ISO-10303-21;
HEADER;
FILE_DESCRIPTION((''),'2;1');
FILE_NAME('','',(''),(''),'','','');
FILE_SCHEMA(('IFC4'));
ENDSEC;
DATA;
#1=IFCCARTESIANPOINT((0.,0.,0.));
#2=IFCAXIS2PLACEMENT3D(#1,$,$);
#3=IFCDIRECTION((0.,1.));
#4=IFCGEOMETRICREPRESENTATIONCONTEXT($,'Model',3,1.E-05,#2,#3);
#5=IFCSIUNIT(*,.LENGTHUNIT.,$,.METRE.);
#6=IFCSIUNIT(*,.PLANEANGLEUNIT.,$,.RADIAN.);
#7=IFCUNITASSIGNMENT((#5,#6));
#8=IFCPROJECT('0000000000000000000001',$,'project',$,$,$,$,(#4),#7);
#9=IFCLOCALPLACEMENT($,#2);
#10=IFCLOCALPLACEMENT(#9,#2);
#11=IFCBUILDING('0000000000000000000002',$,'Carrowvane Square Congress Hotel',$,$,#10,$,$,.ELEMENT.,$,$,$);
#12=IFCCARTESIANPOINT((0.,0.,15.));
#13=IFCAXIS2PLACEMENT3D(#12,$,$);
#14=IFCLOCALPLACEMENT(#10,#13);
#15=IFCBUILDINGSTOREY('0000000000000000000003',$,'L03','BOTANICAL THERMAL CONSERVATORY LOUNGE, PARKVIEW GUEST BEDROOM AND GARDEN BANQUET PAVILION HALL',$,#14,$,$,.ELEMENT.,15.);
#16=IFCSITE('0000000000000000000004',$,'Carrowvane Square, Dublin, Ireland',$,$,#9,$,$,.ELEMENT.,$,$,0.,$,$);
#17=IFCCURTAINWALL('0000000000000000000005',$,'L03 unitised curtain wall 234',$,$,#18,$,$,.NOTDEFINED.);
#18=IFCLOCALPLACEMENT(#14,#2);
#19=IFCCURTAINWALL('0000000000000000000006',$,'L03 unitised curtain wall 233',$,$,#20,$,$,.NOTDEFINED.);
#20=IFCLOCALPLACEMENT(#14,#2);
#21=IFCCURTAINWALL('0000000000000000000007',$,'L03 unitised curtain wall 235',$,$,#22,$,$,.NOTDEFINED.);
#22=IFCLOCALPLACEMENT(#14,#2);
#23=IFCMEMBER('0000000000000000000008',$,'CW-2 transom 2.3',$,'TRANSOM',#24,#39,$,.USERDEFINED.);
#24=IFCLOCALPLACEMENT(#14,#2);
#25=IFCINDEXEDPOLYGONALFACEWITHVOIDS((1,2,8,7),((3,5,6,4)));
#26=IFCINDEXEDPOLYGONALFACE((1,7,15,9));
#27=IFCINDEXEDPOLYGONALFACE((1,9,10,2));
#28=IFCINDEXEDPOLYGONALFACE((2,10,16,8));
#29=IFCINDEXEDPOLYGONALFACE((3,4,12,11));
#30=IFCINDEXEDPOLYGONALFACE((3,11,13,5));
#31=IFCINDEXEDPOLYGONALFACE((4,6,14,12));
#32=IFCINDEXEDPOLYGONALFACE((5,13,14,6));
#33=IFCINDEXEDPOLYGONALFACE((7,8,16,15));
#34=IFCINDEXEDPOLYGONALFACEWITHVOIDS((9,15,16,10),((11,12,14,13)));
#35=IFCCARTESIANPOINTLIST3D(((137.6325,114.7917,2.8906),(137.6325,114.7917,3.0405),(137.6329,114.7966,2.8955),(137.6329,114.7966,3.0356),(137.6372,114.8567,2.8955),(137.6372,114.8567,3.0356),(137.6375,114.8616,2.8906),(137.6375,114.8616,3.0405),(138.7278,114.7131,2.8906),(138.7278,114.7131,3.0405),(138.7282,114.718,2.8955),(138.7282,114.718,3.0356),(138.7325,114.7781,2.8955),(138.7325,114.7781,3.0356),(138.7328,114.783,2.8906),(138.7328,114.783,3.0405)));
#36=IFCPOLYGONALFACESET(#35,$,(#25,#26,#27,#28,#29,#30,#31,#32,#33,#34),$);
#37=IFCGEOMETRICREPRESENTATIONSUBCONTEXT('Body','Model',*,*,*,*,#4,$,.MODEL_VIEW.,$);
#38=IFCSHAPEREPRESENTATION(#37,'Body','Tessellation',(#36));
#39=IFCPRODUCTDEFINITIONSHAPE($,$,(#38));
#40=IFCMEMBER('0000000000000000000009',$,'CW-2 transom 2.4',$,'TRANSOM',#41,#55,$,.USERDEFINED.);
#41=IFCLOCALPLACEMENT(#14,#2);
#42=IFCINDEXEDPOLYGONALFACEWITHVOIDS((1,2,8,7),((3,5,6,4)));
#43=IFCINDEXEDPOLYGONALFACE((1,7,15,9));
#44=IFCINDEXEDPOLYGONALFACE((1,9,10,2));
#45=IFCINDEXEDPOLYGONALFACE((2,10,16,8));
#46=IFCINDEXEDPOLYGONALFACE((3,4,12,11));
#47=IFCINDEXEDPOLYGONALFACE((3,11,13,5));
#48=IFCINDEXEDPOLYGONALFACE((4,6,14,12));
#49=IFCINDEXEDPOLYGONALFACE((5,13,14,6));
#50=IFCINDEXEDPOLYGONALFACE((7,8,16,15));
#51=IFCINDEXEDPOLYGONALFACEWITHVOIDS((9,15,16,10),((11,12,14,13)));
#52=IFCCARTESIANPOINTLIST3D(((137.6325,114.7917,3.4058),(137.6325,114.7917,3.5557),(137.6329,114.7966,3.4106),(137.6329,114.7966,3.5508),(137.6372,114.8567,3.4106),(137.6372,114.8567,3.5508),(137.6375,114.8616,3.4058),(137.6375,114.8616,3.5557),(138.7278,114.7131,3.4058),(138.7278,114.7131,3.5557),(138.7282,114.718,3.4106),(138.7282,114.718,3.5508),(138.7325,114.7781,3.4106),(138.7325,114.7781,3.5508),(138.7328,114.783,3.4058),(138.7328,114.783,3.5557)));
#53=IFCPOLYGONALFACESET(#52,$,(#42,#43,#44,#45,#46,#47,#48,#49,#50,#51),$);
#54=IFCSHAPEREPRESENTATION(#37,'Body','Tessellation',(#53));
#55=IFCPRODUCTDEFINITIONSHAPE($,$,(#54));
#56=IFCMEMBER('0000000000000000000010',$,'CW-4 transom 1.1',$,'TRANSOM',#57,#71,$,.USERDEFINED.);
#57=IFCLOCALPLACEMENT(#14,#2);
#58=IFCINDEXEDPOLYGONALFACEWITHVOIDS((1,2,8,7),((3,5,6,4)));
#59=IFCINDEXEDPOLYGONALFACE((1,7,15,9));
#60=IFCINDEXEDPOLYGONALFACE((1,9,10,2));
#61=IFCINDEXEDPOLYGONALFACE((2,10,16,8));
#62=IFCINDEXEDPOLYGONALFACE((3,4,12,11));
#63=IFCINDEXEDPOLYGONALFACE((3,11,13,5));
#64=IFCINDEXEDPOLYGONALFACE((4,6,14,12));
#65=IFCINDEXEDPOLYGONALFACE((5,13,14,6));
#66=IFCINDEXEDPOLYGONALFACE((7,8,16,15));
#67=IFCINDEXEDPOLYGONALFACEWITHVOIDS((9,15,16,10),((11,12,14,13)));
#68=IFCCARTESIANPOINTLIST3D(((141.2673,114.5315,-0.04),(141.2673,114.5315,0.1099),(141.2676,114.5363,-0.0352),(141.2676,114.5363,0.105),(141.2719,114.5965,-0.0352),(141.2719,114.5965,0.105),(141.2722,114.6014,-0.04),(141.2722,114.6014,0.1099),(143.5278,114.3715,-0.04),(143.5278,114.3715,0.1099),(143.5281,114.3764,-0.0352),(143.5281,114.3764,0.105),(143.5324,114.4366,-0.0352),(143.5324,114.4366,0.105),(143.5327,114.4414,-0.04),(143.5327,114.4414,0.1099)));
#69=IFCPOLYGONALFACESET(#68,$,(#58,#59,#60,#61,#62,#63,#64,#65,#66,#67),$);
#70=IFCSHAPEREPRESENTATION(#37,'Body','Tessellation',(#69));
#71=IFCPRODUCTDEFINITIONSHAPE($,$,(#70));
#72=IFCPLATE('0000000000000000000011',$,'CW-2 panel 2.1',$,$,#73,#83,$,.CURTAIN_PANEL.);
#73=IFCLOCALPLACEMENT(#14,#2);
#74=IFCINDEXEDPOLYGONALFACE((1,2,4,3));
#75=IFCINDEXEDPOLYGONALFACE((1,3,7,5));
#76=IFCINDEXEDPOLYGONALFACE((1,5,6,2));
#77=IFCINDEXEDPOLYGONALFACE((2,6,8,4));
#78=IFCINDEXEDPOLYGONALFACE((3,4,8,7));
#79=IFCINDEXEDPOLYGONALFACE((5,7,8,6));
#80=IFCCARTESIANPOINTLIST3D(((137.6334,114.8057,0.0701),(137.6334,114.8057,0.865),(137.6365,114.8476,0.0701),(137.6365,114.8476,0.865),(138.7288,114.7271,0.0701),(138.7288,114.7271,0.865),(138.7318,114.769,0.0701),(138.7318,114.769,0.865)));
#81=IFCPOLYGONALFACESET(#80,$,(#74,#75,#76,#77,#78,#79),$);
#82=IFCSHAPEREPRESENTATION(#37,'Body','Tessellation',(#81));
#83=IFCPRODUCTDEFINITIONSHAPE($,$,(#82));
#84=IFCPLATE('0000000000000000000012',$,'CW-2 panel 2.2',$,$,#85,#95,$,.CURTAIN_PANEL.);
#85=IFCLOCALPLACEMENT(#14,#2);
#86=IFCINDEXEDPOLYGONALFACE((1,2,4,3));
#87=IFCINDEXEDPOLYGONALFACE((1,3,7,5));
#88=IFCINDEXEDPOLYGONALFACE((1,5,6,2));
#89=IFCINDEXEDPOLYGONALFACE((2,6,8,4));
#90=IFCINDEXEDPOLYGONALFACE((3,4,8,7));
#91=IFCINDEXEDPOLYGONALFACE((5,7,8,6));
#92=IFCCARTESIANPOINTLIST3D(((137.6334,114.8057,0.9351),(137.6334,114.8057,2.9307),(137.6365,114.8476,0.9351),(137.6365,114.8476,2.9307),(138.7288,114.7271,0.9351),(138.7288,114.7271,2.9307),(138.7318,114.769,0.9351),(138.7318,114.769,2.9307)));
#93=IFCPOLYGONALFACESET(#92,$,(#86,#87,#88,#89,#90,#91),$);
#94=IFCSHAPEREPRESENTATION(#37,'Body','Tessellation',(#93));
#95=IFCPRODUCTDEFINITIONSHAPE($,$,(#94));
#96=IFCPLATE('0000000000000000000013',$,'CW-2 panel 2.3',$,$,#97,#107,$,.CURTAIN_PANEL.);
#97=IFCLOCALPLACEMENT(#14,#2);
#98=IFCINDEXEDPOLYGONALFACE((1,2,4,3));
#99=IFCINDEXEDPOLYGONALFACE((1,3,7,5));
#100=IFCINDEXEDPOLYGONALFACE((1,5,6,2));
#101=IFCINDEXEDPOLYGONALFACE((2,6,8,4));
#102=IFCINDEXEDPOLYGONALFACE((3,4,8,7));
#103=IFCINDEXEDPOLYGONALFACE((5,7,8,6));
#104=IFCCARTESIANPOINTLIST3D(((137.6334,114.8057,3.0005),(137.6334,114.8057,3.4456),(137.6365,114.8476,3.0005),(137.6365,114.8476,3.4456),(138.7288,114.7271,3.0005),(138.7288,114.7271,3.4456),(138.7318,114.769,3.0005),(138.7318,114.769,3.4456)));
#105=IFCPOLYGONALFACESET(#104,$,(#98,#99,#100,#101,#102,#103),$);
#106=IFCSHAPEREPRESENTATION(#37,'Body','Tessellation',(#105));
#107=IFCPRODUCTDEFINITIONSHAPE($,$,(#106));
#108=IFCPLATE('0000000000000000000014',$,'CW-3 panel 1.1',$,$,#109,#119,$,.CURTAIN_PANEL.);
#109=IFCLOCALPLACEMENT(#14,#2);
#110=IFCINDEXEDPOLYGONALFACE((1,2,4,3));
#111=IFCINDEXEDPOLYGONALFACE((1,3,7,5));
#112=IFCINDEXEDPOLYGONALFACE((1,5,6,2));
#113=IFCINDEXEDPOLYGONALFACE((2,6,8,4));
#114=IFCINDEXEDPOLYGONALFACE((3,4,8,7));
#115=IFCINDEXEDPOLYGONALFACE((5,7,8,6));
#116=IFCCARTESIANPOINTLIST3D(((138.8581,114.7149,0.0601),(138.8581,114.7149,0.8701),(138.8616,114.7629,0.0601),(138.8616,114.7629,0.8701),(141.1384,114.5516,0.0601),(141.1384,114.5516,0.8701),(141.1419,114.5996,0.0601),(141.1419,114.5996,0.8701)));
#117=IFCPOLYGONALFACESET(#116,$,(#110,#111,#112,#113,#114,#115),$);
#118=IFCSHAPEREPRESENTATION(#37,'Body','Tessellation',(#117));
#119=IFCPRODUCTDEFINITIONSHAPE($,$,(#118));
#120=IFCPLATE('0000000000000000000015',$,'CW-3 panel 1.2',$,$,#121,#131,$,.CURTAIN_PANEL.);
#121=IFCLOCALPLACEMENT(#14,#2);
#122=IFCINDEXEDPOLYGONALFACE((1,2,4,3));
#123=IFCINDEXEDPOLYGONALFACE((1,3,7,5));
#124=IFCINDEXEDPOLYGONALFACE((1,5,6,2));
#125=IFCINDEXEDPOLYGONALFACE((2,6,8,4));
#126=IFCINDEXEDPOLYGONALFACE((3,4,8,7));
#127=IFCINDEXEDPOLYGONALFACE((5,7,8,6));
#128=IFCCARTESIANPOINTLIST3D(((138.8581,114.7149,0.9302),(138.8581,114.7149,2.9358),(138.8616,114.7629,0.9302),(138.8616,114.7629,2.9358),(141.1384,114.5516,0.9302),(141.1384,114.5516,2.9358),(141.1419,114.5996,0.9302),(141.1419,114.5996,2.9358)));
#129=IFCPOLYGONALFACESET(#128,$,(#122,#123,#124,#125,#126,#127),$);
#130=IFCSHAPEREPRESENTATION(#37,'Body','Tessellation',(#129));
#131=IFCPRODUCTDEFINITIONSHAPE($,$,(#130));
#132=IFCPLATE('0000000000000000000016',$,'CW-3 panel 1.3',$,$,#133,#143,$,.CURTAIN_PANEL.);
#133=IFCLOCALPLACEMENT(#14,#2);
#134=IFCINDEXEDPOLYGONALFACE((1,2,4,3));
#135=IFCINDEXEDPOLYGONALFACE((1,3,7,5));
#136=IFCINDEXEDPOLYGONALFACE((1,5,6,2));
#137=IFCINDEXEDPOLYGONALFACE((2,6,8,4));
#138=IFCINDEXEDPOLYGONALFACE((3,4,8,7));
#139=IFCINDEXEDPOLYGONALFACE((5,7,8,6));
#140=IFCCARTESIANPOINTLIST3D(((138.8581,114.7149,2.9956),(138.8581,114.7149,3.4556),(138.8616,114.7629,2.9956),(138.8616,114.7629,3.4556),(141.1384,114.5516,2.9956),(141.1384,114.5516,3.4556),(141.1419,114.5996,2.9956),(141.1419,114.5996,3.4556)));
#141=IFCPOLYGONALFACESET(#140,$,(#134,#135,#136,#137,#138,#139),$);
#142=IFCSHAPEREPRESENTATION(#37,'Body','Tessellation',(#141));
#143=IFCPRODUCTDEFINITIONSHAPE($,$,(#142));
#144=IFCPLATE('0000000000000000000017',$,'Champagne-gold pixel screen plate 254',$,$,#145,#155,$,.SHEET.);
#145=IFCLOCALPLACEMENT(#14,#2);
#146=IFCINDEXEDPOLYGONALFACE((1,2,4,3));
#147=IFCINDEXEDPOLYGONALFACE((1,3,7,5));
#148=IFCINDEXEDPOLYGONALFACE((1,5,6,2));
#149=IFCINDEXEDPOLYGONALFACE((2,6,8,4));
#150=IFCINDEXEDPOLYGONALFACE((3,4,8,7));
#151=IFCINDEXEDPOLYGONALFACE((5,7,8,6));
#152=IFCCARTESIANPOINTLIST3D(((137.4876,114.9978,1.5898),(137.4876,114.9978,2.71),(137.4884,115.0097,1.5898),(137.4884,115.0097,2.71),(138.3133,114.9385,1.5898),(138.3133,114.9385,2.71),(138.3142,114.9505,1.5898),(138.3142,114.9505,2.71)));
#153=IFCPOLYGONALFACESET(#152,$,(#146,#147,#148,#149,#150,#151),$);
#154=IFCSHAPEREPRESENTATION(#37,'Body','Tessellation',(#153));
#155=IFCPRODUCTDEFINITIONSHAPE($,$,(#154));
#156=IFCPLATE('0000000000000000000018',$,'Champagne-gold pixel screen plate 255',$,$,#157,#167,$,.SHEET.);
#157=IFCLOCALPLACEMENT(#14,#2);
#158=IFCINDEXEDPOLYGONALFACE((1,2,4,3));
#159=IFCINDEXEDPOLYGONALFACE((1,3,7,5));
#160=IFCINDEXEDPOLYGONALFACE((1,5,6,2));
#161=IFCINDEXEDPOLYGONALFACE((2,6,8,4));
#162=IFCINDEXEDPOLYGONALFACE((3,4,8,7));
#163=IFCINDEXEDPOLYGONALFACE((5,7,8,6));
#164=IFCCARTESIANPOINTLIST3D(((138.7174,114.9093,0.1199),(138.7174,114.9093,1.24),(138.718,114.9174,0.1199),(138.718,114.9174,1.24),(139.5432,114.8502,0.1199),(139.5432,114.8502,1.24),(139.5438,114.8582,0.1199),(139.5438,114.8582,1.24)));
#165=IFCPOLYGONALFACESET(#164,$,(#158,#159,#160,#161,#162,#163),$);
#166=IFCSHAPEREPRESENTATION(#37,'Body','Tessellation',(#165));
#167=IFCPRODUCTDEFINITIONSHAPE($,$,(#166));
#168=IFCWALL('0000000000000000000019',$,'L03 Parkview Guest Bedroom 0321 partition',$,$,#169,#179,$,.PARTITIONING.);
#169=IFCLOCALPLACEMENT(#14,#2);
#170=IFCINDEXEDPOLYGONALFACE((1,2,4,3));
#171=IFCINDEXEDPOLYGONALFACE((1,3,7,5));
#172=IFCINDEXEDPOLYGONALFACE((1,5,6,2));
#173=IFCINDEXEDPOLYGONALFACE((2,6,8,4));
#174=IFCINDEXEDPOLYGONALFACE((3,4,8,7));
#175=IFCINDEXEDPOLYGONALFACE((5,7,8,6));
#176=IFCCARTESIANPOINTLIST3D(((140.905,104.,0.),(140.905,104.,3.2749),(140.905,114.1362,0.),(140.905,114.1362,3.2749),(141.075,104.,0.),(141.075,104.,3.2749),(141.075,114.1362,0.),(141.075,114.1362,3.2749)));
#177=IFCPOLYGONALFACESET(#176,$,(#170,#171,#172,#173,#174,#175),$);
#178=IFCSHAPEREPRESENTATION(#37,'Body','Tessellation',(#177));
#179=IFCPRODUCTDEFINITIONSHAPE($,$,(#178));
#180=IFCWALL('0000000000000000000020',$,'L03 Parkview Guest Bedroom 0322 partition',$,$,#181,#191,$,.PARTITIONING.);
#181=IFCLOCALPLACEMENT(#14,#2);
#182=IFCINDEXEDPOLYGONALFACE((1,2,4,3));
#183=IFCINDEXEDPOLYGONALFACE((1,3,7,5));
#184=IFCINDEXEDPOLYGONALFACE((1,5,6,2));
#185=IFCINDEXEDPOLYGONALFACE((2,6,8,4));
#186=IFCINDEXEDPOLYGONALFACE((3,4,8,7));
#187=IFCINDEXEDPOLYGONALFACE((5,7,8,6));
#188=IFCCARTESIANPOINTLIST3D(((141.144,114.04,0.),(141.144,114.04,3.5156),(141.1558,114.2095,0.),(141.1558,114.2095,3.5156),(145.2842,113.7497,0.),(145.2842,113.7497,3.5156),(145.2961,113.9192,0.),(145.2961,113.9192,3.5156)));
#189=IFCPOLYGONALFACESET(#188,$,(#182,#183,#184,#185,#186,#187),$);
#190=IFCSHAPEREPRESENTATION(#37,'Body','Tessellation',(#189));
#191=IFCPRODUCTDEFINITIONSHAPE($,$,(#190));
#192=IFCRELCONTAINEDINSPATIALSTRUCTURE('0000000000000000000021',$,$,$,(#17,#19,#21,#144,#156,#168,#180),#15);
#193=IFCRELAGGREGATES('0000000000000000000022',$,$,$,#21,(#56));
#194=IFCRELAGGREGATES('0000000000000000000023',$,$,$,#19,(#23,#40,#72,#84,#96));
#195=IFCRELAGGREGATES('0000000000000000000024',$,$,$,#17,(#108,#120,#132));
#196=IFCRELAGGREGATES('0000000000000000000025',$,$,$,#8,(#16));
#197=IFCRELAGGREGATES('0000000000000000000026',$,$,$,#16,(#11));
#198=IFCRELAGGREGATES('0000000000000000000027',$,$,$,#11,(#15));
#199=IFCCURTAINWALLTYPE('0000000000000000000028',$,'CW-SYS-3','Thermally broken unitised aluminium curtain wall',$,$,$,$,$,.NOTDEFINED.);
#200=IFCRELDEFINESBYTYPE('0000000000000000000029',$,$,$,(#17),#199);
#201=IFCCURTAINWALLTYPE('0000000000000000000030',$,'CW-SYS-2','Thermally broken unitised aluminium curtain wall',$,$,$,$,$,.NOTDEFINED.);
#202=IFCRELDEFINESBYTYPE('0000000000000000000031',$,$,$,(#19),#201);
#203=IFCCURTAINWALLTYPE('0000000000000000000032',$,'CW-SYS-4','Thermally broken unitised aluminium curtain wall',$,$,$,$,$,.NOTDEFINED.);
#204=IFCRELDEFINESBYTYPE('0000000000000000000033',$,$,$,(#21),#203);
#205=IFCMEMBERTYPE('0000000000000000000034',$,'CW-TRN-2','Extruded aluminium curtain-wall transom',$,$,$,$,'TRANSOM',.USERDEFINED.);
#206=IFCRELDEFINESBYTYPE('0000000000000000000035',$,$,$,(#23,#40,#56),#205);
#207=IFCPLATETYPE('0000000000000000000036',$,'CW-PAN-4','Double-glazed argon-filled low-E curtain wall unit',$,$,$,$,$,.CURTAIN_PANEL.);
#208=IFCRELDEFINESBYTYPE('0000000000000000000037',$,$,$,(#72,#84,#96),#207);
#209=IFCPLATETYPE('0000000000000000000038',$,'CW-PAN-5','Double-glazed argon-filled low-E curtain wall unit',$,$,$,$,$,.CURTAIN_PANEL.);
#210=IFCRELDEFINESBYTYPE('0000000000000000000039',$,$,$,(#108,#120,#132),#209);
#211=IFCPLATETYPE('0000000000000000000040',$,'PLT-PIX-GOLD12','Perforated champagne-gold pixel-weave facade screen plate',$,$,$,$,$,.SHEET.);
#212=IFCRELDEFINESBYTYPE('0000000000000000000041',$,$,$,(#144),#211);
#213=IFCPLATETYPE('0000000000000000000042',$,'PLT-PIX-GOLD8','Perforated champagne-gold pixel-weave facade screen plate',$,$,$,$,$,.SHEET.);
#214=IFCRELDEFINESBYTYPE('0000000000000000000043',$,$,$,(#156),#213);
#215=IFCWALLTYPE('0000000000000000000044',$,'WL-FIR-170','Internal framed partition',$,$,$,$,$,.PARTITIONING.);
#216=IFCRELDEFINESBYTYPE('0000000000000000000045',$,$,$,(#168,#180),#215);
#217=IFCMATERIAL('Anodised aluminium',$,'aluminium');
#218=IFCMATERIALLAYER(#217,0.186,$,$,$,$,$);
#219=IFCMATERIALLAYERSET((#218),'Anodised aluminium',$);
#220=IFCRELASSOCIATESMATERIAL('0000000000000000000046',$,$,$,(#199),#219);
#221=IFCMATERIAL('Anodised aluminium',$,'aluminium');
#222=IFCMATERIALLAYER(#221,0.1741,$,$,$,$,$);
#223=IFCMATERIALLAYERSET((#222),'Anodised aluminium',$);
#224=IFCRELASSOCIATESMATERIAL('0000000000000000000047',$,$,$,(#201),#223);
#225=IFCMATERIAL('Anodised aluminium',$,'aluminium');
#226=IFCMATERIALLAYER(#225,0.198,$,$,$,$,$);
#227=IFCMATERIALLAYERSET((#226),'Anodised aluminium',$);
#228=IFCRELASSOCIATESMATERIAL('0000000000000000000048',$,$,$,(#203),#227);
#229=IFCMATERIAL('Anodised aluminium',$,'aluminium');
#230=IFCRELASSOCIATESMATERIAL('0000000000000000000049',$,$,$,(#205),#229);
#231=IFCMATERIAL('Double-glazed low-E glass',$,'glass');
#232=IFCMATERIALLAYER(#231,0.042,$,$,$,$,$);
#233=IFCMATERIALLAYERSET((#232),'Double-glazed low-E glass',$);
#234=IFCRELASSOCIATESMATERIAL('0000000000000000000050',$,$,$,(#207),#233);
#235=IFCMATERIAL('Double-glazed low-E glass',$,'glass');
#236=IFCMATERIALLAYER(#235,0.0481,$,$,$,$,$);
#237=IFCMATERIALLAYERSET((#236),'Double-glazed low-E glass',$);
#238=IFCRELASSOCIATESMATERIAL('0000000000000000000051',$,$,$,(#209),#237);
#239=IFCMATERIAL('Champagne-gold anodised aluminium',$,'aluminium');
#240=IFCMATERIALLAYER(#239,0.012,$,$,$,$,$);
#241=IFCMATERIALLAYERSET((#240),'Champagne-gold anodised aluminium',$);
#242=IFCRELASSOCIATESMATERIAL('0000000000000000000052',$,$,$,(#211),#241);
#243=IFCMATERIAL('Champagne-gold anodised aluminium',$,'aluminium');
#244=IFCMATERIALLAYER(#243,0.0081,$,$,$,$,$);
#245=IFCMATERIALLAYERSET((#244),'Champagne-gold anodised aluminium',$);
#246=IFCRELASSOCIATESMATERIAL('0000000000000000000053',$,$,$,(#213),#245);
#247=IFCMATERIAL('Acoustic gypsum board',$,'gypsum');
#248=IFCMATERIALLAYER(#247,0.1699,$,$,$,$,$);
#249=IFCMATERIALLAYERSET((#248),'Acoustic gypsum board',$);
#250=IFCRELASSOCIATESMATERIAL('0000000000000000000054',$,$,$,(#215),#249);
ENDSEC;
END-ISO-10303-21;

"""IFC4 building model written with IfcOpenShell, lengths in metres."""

from ifc_helpers import new_model, si_unit, direction, frame, frame_2d, origin, origin_2d, place, context, subcontext, project, spatial, rectangle, hollow_rectangle, extrude, material, layer, layer_set, material_profile, profile_set, type_object, element, aggregate, save


model = new_model("IFC4")

# Units and contexts
model_context = context("Model", 3, precision=1e-05, world=origin(), true_north=direction((0.0, 1.0)))
body_context = subcontext(model_context, "Body", "Model", "MODEL_VIEW")
ifc_project = project(units=[si_unit("LENGTHUNIT", "METRE"), si_unit("PLANEANGLEUNIT", "RADIAN")], contexts=[model_context])

# Site, building, storey
site_placement = place(None, origin())
site = spatial("IfcSite", under=ifc_project, at=site_placement, Name="Carrowvane Square, Dublin, Ireland", CompositionType="ELEMENT", RefElevation=0.0)
building_placement = place(site_placement, origin())
building = spatial("IfcBuilding", under=site, at=building_placement, Name="Carrowvane Square Congress Hotel", CompositionType="ELEMENT")
storey_placement = place(building_placement, frame((0.0, 0.0, 15.0)))
storey = spatial("IfcBuildingStorey", under=building, at=storey_placement, Name="L03", Description="BOTANICAL THERMAL CONSERVATORY LOUNGE, PARKVIEW GUEST BEDROOM AND GARDEN BANQUET PAVILION HALL", CompositionType="ELEMENT", Elevation=15.0)

# Curtain wall
ifc_material_1 = material(Name="Anodised aluminium", Category="aluminium")
ifc_layer_1 = layer(ifc_material_1, 0.186)
ifc_layer_set_1 = layer_set([ifc_layer_1], Name="Anodised aluminium")
curtain_wall_type_1 = type_object("IfcCurtainWallType", Name="CW-SYS-3", Description="Thermally broken unitised aluminium curtain wall", PredefinedType="NOTDEFINED", material=ifc_layer_set_1)
curtain_wall_1_placement = place(storey_placement, origin())
curtain_wall_1 = element("IfcCurtainWall", 1, at=curtain_wall_1_placement, inside=storey, type_object=curtain_wall_type_1, Name="L03 unitised curtain wall 234", PredefinedType="NOTDEFINED")

# Curtain walls
ifc_material_2 = material(Name="Anodised aluminium", Category="aluminium")
ifc_layer_2 = layer(ifc_material_2, 0.1741)
ifc_layer_set_2 = layer_set([ifc_layer_2], Name="Anodised aluminium")
curtain_wall_type_2 = type_object("IfcCurtainWallType", Name="CW-SYS-2", Description="Thermally broken unitised aluminium curtain wall", PredefinedType="NOTDEFINED", material=ifc_layer_set_2)
curtain_wall_2_placement = place(storey_placement, origin())
curtain_wall_2 = element("IfcCurtainWall", 2, at=curtain_wall_2_placement, inside=storey, type_object=curtain_wall_type_2, Name="L03 unitised curtain wall 233", PredefinedType="NOTDEFINED")
ifc_material_3 = material(Name="Anodised aluminium", Category="aluminium")
ifc_layer_3 = layer(ifc_material_3, 0.198)
ifc_layer_set_3 = layer_set([ifc_layer_3], Name="Anodised aluminium")
curtain_wall_type_3 = type_object("IfcCurtainWallType", Name="CW-SYS-4", Description="Thermally broken unitised aluminium curtain wall", PredefinedType="NOTDEFINED", material=ifc_layer_set_3)
curtain_wall_3_placement = place(storey_placement, origin())
curtain_wall_3 = element("IfcCurtainWall", 3, at=curtain_wall_3_placement, inside=storey, type_object=curtain_wall_type_3, Name="L03 unitised curtain wall 235", PredefinedType="NOTDEFINED")

# Members
ifc_material_4 = material(Name="Anodised aluminium", Category="aluminium")
ifc_material_profile_1 = material_profile(ifc_material_4, hollow_rectangle(XDim=0.0701, YDim=0.1499, WallThickness=0.0049, at=origin_2d()), Name="CW-TR 70x150x5")
ifc_profile_set_1 = profile_set([ifc_material_profile_1], Name="Anodised aluminium")
member_type_1 = type_object("IfcMemberType", Name="CW-TRN-2", Description="Extruded aluminium curtain-wall transom", ElementType="TRANSOM", PredefinedType="USERDEFINED", material=ifc_profile_set_1)
member_1_placement = place(storey_placement, frame((137.635, 114.8267, 2.9656), z_axis=(0.997434, -0.071595, 0.0), x_axis=(0.071595, 0.997434, 0.0)))
member_1 = element("IfcMember", 4, at=member_1_placement, type_object=member_type_1, Name="CW-2 transom 2.3", ObjectType="TRANSOM", PredefinedType="USERDEFINED", context=body_context, shape_type="SweptSolid", body=[
    extrude(hollow_rectangle(XDim=0.0701, YDim=0.1499, WallThickness=0.0049, at=origin_2d()), origin(), (0.0, 0.0, 1.0), 1.0981),
])
member_2_placement = place(storey_placement, frame((137.635, 114.8267, 3.4807), z_axis=(0.997434, -0.071595, 0.0), x_axis=(0.071595, 0.997434, 0.0)))
member_2 = element("IfcMember", 5, at=member_2_placement, type_object=member_type_1, Name="CW-2 transom 2.4", ObjectType="TRANSOM", PredefinedType="USERDEFINED", context=body_context, shape_type="SweptSolid", body=[
    extrude(hollow_rectangle(XDim=0.0701, YDim=0.1499, WallThickness=0.0049, at=origin_2d()), origin(), (0.0, 0.0, 1.0), 1.0981),
])
member_3_placement = place(storey_placement, frame((141.2698, 114.5664, 0.0349), z_axis=(0.997507, -0.070566, 0.0), x_axis=(0.070566, 0.997507, 0.0)))
member_3 = element("IfcMember", 6, at=member_3_placement, type_object=member_type_1, Name="CW-4 transom 1.1", ObjectType="TRANSOM", PredefinedType="USERDEFINED", context=body_context, shape_type="SweptSolid", body=[
    extrude(hollow_rectangle(XDim=0.0701, YDim=0.1499, WallThickness=0.0049, at=origin_2d()), origin(), (0.0, 0.0, 1.0), 2.2661),
])
aggregate(curtain_wall_3, [member_3])

# Plates
ifc_material_5 = material(Name="Double-glazed low-E glass", Category="glass")
ifc_layer_4 = layer(ifc_material_5, 0.042)
ifc_layer_set_4 = layer_set([ifc_layer_4], Name="Double-glazed low-E glass")
plate_type_1 = type_object("IfcPlateType", Name="CW-PAN-4", Description="Double-glazed argon-filled low-E curtain wall unit", PredefinedType="CURTAIN_PANEL", material=ifc_layer_set_4)
plate_1_placement = place(storey_placement, frame((138.1826, 114.7874, 0.0701), z_axis=(0.0, 0.0, 1.0), x_axis=(0.997438, -0.071532, 0.0)))
plate_1 = element("IfcPlate", 7, at=plate_1_placement, type_object=plate_type_1, Name="CW-2 panel 2.1", PredefinedType="CURTAIN_PANEL", context=body_context, shape_type="SweptSolid", body=[
    extrude(rectangle(XDim=1.0981, YDim=0.042, at=origin_2d()), origin(), (0.0, 0.0, 1.0), 0.7949),
])
plate_2_placement = place(storey_placement, frame((138.1826, 114.7874, 0.9351), z_axis=(0.0, 0.0, 1.0), x_axis=(0.997438, -0.071532, 0.0)))
plate_2 = element("IfcPlate", 8, at=plate_2_placement, type_object=plate_type_1, Name="CW-2 panel 2.2", PredefinedType="CURTAIN_PANEL", context=body_context, shape_type="SweptSolid", body=[
    extrude(rectangle(XDim=1.0981, YDim=0.042, at=origin_2d()), origin(), (0.0, 0.0, 1.0), 1.9956),
])
plate_3_placement = place(storey_placement, frame((138.1826, 114.7874, 3.0005), z_axis=(0.0, 0.0, 1.0), x_axis=(0.997438, -0.071532, 0.0)))
plate_3 = element("IfcPlate", 9, at=plate_3_placement, type_object=plate_type_1, Name="CW-2 panel 2.3", PredefinedType="CURTAIN_PANEL", context=body_context, shape_type="SweptSolid", body=[
    extrude(rectangle(XDim=1.0981, YDim=0.042, at=origin_2d()), origin(), (0.0, 0.0, 1.0), 0.4451),
])
aggregate(curtain_wall_2, [member_1, member_2, plate_1, plate_2, plate_3])
ifc_material_6 = material(Name="Double-glazed low-E glass", Category="glass")
ifc_layer_5 = layer(ifc_material_6, 0.0481)
ifc_layer_set_5 = layer_set([ifc_layer_5], Name="Double-glazed low-E glass")
plate_type_2 = type_object("IfcPlateType", Name="CW-PAN-5", Description="Double-glazed argon-filled low-E curtain wall unit", PredefinedType="CURTAIN_PANEL", material=ifc_layer_set_5)
plate_4_placement = place(storey_placement, frame((140.0, 114.6572, 0.0601), z_axis=(0.0, 0.0, 1.0), x_axis=(0.997446, -0.071422, 0.0)))
plate_4 = element("IfcPlate", 10, at=plate_4_placement, type_object=plate_type_2, Name="CW-3 panel 1.1", PredefinedType="CURTAIN_PANEL", context=body_context, shape_type="SweptSolid", body=[
    extrude(rectangle(XDim=2.2861, YDim=0.0481, at=origin_2d()), origin(), (0.0, 0.0, 1.0), 0.8101),
])
plate_5_placement = place(storey_placement, frame((140.0, 114.6572, 0.9302), z_axis=(0.0, 0.0, 1.0), x_axis=(0.997446, -0.071422, 0.0)))
plate_5 = element("IfcPlate", 11, at=plate_5_placement, type_object=plate_type_2, Name="CW-3 panel 1.2", PredefinedType="CURTAIN_PANEL", context=body_context, shape_type="SweptSolid", body=[
    extrude(rectangle(XDim=2.2861, YDim=0.0481, at=origin_2d()), origin(), (0.0, 0.0, 1.0), 2.0056),
])
plate_6_placement = place(storey_placement, frame((140.0, 114.6572, 2.9956), z_axis=(0.0, 0.0, 1.0), x_axis=(0.997446, -0.071422, 0.0)))
plate_6 = element("IfcPlate", 12, at=plate_6_placement, type_object=plate_type_2, Name="CW-3 panel 1.3", PredefinedType="CURTAIN_PANEL", context=body_context, shape_type="SweptSolid", body=[
    extrude(rectangle(XDim=2.2861, YDim=0.0481, at=origin_2d()), origin(), (0.0, 0.0, 1.0), 0.46),
])
aggregate(curtain_wall_1, [plate_4, plate_5, plate_6])

# Plates
ifc_material_7 = material(Name="Champagne-gold anodised aluminium", Category="aluminium")
ifc_layer_6 = layer(ifc_material_7, 0.012)
ifc_layer_set_6 = layer_set([ifc_layer_6], Name="Champagne-gold anodised aluminium")
plate_type_3 = type_object("IfcPlateType", Name="PLT-PIX-GOLD12", Description="Perforated champagne-gold pixel-weave facade screen plate", PredefinedType="SHEET", material=ifc_layer_set_6)
plate_7_placement = place(storey_placement, frame((137.9009, 114.9741, 1.5898), z_axis=(0.0, 0.0, 1.0), x_axis=(0.997438, -0.071533, 0.0)))
element("IfcPlate", 13, at=plate_7_placement, inside=storey, type_object=plate_type_3, Name="Champagne-gold pixel screen plate 254", PredefinedType="SHEET", context=body_context, shape_type="SweptSolid", body=[
    extrude(rectangle(XDim=0.8279, YDim=0.012, at=origin_2d()), origin(), (0.0, 0.0, 1.0), 1.1201),
])
ifc_material_8 = material(Name="Champagne-gold anodised aluminium", Category="aluminium")
ifc_layer_7 = layer(ifc_material_8, 0.0081)
ifc_layer_set_7 = layer_set([ifc_layer_7], Name="Champagne-gold anodised aluminium")
plate_type_4 = type_object("IfcPlateType", Name="PLT-PIX-GOLD8", Description="Perforated champagne-gold pixel-weave facade screen plate", PredefinedType="SHEET", material=ifc_layer_set_7)
plate_8_placement = place(storey_placement, frame((139.1306, 114.8838, 0.1199), z_axis=(0.0, 0.0, 1.0), x_axis=(0.997446, -0.07142, 0.0)))
element("IfcPlate", 14, at=plate_8_placement, inside=storey, type_object=plate_type_4, Name="Champagne-gold pixel screen plate 255", PredefinedType="SHEET", context=body_context, shape_type="SweptSolid", body=[
    extrude(rectangle(XDim=0.8279, YDim=0.0081, at=origin_2d()), origin(), (0.0, 0.0, 1.0), 1.1201),
])

# Walls
ifc_material_9 = material(Name="Acoustic gypsum board", Category="gypsum")
ifc_layer_8 = layer(ifc_material_9, 0.1699)
ifc_layer_set_8 = layer_set([ifc_layer_8], Name="Acoustic gypsum board")
wall_type = type_object("IfcWallType", Name="WL-FIR-170", Description="Internal framed partition", PredefinedType="PARTITIONING", material=ifc_layer_set_8)
wall_1_placement = place(storey_placement, frame((140.99, 114.1362, 0.0), z_axis=(0.0, 0.0, 1.0), x_axis=(0.0, -1.0, 0.0)))
element("IfcWall", 15, at=wall_1_placement, inside=storey, type_object=wall_type, Name="L03 Parkview Guest Bedroom 0321 partition", PredefinedType="PARTITIONING", context=body_context, shape_type="SweptSolid", body=[
    extrude(rectangle(XDim=10.1362, YDim=0.1699, at=frame_2d((5.0681, 0.0))), origin(), (0.0, 0.0, 1.0), 3.2749),
])
wall_2_placement = place(storey_placement, frame((141.1499, 114.1248, 0.0), z_axis=(0.0, 0.0, 1.0), x_axis=(0.997551, -0.069943, 0.0)))
element("IfcWall", 16, at=wall_2_placement, inside=storey, type_object=wall_type, Name="L03 Parkview Guest Bedroom 0322 partition", PredefinedType="PARTITIONING", context=body_context, shape_type="SweptSolid", body=[
    extrude(rectangle(XDim=4.1504, YDim=0.1699, at=frame_2d((2.0752, 0.0))), origin(), (0.0, 0.0, 1.0), 3.5156),
])

save(model, "model.ifc")
